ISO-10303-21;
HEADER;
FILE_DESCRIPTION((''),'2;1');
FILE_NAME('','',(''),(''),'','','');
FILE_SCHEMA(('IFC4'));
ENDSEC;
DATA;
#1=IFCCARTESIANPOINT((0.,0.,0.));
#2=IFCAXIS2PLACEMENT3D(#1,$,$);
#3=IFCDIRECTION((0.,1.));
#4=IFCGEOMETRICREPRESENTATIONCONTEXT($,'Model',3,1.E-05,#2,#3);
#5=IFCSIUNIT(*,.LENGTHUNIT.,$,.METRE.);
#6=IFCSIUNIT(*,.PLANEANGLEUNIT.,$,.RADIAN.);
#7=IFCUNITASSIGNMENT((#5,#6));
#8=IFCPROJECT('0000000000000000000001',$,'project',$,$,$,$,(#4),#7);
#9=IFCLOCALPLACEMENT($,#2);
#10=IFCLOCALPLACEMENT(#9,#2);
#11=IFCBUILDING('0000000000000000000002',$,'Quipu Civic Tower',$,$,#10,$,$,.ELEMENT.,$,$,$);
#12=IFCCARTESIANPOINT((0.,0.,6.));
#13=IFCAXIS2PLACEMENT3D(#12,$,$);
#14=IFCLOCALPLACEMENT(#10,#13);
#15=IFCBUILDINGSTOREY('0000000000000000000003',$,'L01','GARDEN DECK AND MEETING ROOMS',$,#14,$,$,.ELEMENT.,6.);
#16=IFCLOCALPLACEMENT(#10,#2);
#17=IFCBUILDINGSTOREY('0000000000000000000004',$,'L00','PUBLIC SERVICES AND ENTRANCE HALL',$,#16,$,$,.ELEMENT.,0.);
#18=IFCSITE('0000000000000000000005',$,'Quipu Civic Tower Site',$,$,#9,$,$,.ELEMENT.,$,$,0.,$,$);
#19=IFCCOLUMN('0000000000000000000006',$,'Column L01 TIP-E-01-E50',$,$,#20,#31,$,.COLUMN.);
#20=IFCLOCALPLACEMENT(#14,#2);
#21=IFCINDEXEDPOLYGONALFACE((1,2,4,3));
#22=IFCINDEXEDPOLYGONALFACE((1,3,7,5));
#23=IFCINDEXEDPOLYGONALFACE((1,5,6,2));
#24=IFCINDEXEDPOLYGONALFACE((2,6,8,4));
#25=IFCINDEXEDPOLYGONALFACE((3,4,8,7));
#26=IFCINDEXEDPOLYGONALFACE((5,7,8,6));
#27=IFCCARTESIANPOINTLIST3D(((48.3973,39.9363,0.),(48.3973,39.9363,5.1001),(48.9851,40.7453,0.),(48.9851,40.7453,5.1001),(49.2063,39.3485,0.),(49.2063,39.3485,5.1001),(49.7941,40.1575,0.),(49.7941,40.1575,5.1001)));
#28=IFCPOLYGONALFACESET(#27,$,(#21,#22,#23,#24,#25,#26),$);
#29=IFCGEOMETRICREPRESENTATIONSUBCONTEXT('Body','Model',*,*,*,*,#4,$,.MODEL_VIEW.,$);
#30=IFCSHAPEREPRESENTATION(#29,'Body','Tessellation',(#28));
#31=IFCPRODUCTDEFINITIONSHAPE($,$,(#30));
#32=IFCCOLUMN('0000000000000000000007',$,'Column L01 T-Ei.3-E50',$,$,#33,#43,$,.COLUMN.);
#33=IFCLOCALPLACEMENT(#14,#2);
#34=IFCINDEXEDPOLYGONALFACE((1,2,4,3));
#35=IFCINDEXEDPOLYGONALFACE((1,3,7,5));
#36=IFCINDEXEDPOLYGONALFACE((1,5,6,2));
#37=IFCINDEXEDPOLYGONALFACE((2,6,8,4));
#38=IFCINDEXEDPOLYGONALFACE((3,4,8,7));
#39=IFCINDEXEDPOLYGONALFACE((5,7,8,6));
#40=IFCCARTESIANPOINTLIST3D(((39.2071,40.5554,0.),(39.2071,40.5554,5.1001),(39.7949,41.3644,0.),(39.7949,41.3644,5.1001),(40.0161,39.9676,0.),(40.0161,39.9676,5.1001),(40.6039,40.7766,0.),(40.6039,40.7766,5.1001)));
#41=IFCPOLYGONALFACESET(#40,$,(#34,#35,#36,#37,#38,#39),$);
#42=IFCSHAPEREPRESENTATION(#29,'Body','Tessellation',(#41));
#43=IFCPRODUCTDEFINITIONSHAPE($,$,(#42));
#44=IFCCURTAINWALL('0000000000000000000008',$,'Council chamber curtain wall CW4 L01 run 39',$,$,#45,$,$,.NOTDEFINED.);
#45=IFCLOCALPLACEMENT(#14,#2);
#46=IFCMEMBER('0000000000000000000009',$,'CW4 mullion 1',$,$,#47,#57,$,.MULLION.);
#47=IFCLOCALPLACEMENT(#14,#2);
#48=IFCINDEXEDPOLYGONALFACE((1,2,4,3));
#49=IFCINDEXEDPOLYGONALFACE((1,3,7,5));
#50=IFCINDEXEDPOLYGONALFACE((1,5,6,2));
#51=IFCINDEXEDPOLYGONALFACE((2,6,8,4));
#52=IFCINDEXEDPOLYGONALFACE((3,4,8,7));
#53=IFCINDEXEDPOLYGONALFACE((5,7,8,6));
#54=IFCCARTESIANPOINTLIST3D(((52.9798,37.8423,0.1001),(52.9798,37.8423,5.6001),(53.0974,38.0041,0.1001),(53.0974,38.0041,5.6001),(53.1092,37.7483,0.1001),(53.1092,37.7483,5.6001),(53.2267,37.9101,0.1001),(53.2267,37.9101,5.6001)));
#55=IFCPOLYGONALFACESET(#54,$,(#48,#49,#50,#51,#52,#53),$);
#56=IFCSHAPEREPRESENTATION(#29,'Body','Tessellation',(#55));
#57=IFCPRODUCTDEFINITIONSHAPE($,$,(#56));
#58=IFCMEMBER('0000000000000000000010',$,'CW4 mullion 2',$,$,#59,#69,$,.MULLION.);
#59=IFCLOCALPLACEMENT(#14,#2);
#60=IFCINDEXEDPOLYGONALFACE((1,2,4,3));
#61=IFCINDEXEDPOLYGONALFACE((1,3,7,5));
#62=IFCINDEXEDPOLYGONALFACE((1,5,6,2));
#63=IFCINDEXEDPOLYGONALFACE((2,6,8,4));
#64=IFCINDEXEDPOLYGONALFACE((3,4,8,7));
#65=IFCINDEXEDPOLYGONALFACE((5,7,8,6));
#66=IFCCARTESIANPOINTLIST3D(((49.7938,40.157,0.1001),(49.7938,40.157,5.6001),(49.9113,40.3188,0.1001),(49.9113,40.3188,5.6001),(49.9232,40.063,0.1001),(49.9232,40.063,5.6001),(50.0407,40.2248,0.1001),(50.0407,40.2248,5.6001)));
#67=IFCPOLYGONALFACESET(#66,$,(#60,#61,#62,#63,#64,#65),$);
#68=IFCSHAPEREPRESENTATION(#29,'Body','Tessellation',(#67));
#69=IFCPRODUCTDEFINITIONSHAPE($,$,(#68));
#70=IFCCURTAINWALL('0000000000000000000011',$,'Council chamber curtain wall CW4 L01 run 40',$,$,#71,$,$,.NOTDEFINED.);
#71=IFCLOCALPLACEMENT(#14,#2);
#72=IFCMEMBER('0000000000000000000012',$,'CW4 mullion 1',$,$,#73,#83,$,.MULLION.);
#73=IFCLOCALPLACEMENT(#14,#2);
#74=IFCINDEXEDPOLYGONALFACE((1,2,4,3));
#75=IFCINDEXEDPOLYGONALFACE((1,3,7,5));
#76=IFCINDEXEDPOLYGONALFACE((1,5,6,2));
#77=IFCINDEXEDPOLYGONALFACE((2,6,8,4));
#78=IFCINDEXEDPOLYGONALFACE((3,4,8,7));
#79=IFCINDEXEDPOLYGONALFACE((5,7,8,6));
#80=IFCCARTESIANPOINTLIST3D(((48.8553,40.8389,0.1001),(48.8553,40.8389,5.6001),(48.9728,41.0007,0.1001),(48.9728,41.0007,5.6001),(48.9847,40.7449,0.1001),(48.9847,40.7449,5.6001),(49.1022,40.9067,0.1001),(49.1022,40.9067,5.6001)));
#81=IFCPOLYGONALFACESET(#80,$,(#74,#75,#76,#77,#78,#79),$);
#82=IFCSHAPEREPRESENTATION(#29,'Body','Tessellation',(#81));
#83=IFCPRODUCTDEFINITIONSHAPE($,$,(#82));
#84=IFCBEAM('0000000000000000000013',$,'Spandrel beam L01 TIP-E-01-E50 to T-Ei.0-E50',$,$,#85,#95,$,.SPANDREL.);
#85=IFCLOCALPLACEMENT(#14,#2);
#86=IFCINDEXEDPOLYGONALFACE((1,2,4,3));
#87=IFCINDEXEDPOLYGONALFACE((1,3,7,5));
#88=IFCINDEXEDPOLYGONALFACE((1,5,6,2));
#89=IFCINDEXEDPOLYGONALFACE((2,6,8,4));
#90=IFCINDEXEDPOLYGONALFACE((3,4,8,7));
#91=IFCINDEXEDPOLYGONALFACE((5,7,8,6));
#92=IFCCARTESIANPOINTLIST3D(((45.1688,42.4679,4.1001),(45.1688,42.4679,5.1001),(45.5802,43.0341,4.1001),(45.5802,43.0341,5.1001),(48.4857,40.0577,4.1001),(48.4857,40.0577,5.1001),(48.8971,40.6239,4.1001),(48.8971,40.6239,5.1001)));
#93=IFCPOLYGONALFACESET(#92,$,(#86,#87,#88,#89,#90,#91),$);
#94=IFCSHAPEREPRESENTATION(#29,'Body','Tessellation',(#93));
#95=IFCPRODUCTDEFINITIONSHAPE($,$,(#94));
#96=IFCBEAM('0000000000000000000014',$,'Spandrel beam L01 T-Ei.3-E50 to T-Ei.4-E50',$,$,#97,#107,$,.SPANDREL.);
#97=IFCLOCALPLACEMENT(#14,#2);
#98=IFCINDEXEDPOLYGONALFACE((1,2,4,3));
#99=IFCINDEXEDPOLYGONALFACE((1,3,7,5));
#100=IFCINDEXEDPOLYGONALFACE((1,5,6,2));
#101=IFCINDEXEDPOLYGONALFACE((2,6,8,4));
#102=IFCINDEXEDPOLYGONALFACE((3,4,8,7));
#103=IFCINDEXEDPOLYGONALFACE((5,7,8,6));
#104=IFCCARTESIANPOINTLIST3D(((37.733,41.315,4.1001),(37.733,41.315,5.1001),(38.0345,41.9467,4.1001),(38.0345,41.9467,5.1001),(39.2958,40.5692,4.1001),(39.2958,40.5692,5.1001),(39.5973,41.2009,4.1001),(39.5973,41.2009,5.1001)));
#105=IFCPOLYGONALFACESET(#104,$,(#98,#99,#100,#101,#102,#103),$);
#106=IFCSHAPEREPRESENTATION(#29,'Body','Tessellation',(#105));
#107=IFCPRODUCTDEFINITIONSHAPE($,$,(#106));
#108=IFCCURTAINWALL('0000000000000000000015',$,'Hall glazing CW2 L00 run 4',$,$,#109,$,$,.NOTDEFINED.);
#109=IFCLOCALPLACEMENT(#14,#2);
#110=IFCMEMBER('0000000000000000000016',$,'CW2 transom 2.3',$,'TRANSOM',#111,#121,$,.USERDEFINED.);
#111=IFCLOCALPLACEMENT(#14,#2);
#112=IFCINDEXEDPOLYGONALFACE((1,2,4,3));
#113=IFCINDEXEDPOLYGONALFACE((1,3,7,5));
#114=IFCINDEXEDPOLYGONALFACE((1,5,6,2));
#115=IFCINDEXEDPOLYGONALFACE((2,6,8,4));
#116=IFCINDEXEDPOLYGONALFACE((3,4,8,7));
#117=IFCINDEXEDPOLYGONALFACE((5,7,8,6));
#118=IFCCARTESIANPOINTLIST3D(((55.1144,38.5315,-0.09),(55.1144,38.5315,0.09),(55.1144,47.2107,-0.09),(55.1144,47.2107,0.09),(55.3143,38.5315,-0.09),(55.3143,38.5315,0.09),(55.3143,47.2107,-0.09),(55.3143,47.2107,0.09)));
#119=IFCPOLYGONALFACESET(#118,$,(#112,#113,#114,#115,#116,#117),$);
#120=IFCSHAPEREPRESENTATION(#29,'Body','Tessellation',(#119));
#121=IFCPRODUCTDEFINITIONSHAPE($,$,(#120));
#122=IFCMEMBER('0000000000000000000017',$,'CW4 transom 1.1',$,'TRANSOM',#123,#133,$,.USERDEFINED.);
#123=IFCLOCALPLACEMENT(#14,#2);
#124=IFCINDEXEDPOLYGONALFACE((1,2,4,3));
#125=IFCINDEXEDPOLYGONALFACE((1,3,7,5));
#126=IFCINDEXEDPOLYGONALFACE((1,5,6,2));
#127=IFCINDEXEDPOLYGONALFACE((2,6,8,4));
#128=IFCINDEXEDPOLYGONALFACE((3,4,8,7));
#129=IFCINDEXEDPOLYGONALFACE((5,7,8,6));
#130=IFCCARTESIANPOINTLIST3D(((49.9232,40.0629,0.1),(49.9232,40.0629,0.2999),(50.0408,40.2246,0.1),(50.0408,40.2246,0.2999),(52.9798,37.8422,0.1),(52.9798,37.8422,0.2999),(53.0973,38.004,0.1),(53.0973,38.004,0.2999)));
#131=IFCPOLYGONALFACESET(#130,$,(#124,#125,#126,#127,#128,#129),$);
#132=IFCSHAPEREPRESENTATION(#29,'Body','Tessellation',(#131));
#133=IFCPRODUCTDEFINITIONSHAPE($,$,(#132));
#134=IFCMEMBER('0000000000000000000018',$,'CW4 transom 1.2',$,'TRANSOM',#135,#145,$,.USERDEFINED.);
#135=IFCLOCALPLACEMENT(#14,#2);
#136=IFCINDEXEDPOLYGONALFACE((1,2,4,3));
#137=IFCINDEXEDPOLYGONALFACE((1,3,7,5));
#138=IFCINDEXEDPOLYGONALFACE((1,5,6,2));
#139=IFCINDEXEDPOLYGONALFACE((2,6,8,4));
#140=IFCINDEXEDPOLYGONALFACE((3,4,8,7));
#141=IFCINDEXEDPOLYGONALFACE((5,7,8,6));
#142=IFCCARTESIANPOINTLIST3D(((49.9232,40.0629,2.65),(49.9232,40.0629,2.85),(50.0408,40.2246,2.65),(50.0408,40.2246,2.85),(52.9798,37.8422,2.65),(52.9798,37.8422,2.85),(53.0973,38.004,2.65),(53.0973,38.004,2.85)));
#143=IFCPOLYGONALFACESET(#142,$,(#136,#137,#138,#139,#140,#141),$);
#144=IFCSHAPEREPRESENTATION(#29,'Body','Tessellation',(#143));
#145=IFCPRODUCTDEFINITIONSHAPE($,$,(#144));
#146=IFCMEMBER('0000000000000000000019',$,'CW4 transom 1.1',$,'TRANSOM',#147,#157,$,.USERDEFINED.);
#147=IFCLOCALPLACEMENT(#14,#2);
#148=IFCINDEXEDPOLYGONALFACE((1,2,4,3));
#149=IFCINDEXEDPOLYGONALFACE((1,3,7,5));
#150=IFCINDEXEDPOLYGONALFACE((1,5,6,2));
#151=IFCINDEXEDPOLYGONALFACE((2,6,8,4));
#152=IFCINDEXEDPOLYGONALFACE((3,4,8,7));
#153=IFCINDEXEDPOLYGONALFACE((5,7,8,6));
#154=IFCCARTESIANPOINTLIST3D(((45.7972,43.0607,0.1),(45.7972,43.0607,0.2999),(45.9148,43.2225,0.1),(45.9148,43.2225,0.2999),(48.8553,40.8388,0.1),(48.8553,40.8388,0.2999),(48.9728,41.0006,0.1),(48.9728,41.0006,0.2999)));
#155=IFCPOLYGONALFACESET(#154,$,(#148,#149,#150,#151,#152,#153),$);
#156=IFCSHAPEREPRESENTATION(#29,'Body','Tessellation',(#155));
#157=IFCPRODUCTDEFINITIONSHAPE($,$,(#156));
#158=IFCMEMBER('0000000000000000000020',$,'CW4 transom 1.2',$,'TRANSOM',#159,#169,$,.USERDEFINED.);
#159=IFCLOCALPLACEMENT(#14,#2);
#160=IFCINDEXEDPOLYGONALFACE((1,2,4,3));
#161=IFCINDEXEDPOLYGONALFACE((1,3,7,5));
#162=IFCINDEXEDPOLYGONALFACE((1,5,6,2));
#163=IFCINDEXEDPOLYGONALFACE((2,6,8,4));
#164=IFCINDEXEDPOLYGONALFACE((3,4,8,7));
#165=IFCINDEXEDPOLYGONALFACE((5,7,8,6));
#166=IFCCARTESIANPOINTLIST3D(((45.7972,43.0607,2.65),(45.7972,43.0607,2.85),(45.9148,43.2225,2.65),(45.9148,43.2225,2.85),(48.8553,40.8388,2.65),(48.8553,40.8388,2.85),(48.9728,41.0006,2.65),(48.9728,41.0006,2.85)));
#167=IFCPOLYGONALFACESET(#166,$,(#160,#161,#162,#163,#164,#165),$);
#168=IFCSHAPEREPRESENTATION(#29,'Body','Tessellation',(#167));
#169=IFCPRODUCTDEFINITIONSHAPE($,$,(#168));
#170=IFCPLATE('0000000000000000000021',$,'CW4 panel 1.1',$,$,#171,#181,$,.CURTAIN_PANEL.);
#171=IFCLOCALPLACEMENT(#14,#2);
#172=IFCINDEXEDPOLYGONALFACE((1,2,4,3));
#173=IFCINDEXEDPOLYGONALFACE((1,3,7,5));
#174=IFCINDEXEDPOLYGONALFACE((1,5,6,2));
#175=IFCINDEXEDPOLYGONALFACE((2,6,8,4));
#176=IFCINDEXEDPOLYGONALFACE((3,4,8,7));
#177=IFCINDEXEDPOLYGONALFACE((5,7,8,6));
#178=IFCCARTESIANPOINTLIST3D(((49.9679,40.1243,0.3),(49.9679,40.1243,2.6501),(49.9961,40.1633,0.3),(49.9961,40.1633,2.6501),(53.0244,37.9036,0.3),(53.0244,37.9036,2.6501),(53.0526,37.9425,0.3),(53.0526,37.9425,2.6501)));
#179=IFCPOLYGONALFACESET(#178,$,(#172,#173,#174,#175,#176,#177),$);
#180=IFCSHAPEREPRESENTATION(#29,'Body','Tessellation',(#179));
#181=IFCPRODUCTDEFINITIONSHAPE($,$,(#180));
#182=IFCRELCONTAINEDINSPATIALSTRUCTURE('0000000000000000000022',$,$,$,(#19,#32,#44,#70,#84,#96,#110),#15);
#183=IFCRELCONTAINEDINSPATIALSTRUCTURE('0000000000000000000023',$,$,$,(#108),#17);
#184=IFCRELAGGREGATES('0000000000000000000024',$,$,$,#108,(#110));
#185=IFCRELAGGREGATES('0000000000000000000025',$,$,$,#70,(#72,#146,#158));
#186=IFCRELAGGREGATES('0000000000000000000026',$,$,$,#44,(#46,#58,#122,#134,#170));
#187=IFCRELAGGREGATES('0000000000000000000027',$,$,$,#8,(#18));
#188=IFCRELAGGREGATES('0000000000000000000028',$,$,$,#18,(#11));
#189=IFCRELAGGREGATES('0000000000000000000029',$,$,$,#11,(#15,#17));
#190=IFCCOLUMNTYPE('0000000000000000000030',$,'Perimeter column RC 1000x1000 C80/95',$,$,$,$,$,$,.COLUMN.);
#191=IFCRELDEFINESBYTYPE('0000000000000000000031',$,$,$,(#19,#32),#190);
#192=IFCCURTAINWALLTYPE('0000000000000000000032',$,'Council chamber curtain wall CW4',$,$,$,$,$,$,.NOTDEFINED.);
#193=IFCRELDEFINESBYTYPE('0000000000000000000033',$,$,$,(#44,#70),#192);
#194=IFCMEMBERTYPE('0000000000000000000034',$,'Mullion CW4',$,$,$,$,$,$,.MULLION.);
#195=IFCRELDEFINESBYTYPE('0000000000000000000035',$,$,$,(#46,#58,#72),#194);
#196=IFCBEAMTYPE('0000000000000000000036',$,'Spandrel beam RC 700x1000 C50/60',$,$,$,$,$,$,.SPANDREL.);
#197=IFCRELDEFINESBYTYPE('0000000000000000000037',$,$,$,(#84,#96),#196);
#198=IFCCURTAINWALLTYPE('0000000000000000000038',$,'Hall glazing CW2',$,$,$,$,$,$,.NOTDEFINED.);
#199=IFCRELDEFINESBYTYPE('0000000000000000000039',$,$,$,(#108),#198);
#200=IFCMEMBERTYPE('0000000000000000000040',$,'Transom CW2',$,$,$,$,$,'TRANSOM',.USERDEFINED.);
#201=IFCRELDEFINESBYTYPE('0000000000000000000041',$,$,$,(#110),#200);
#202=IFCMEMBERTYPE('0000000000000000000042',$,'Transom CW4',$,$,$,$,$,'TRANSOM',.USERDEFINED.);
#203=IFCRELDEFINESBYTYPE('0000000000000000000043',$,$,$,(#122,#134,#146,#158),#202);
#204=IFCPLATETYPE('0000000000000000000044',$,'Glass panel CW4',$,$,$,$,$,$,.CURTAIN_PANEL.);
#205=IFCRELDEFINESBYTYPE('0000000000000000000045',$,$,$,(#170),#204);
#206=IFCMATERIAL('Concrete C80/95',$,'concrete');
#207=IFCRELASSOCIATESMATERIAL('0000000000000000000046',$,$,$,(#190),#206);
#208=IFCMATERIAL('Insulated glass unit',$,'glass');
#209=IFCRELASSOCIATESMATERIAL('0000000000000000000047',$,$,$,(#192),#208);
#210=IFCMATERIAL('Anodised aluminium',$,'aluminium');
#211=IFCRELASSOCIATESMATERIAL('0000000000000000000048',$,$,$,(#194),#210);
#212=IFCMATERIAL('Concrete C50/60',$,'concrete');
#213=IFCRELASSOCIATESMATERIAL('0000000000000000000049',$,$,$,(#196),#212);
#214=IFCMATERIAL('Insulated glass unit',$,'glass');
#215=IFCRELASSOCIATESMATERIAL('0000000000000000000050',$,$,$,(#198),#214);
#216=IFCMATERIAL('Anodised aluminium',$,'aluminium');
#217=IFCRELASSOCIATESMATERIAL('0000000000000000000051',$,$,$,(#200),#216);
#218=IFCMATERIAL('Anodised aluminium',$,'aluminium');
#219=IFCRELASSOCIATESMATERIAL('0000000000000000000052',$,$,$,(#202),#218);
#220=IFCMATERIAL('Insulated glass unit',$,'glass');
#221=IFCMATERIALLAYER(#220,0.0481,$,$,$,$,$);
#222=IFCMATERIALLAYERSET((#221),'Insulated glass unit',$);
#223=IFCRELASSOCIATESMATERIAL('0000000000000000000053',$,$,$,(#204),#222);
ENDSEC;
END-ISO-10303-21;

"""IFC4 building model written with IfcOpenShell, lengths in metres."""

from ifc_helpers import new_model, si_unit, direction, frame, origin, origin_2d, place, context, subcontext, project, spatial, rectangle, extrude, material, layer, layer_set, material_profile, profile_set, type_object, element, aggregate, save


model = new_model("IFC4")

# Units and contexts
model_context = context("Model", 3, precision=1e-05, world=origin(), true_north=direction((0.0, 1.0)))
body_context = subcontext(model_context, "Body", "Model", "MODEL_VIEW")
ifc_project = project(units=[si_unit("LENGTHUNIT", "METRE"), si_unit("PLANEANGLEUNIT", "RADIAN")], contexts=[model_context])

# Site, building, storey
site_placement = place(None, origin())
site = spatial("IfcSite", under=ifc_project, at=site_placement, Name="Quipu Civic Tower Site", CompositionType="ELEMENT", RefElevation=0.0)
building_placement = place(site_placement, origin())
building = spatial("IfcBuilding", under=site, at=building_placement, Name="Quipu Civic Tower", CompositionType="ELEMENT")
storey_1_placement = place(building_placement, frame((0.0, 0.0, 6.0)))
storey_1 = spatial("IfcBuildingStorey", under=building, at=storey_1_placement, Name="L01", Description="GARDEN DECK AND MEETING ROOMS", CompositionType="ELEMENT", Elevation=6.0)

# Columns
ifc_material_1 = material(Name="Concrete C80/95", Category="concrete")
ifc_material_profile_1 = material_profile(ifc_material_1, rectangle(XDim=1.0, YDim=1.0, at=origin_2d()), Name="RC1000x1000")
ifc_profile_set_1 = profile_set([ifc_material_profile_1], Name="Concrete C80/95")
column_type = type_object("IfcColumnType", Name="Perimeter column RC 1000x1000 C80/95", PredefinedType="COLUMN", material=ifc_profile_set_1)
for number, where, z_axis, x_axis, name in (
    (1, (49.0957, 40.0469, 0.0), (0.0, 0.0, 1.0), (-0.809017, 0.587785, 0.0), "Column L01 TIP-E-01-E50"),
    (2, (39.9055, 40.666, 0.0), (0.0, 0.0, 1.0), (-0.587785, -0.809017, 0.0), "Column L01 T-Ei.3-E50"),
):
    element("IfcColumn", number, at=place(storey_1_placement, frame(where, z_axis=z_axis, x_axis=x_axis)), inside=storey_1, type_object=column_type, Name=name, PredefinedType="COLUMN", context=body_context, shape_type="SweptSolid", body=[
        extrude(rectangle(XDim=1.0, YDim=1.0, at=origin_2d()), origin(), (0.0, 0.0, 1.0), 5.1001),
    ])

# Curtain wall, members
ifc_material_2 = material(Name="Insulated glass unit", Category="glass")
curtain_wall_type_1 = type_object("IfcCurtainWallType", Name="Council chamber curtain wall CW4", PredefinedType="NOTDEFINED", material=ifc_material_2)
curtain_wall_1_placement = place(storey_1_placement, origin())
curtain_wall_1 = element("IfcCurtainWall", 3, at=curtain_wall_1_placement, inside=storey_1, type_object=curtain_wall_type_1, Name="Council chamber curtain wall CW4 L01 run 39", PredefinedType="NOTDEFINED")
ifc_material_3 = material(Name="Anodised aluminium", Category="aluminium")
ifc_material_profile_2 = material_profile(ifc_material_3, rectangle(XDim=0.2, YDim=0.1599, at=origin_2d()), Name="RECT 200x160")
ifc_profile_set_2 = profile_set([ifc_material_profile_2], Name="Anodised aluminium")
member_type_1 = type_object("IfcMemberType", Name="Mullion CW4", PredefinedType="MULLION", material=ifc_profile_set_2)
member_1_placement = place(storey_1_placement, frame((53.1033, 37.8762, 0.1001), z_axis=(0.0, 0.0, 1.0), x_axis=(-0.587789, -0.809015, 0.0)))
member_1 = element("IfcMember", 4, at=member_1_placement, type_object=member_type_1, Name="CW4 mullion 1", PredefinedType="MULLION", context=body_context, shape_type="SweptSolid", body=[
    extrude(rectangle(XDim=0.2, YDim=0.1599, at=origin_2d()), origin(), (0.0, 0.0, 1.0), 5.5),
])
member_2_placement = place(storey_1_placement, frame((49.9172, 40.1909, 0.1001), z_axis=(0.0, 0.0, 1.0), x_axis=(-0.587789, -0.809015, 0.0)))
member_2 = element("IfcMember", 5, at=member_2_placement, type_object=member_type_1, Name="CW4 mullion 2", PredefinedType="MULLION", context=body_context, shape_type="SweptSolid", body=[
    extrude(rectangle(XDim=0.2, YDim=0.1599, at=origin_2d()), origin(), (0.0, 0.0, 1.0), 5.5),
])

# Curtain wall, member
curtain_wall_2_placement = place(storey_1_placement, origin())
curtain_wall_2 = element("IfcCurtainWall", 6, at=curtain_wall_2_placement, inside=storey_1, type_object=curtain_wall_type_1, Name="Council chamber curtain wall CW4 L01 run 40", PredefinedType="NOTDEFINED")
member_3_placement = place(storey_1_placement, frame((48.9788, 40.8728, 0.1001), z_axis=(0.0, 0.0, 1.0), x_axis=(-0.587767, -0.80903, 0.0)))
member_3 = element("IfcMember", 7, at=member_3_placement, type_object=member_type_1, Name="CW4 mullion 1", PredefinedType="MULLION", context=body_context, shape_type="SweptSolid", body=[
    extrude(rectangle(XDim=0.2, YDim=0.1599, at=origin_2d()), origin(), (0.0, 0.0, 1.0), 5.5),
])

# Beams
ifc_material_4 = material(Name="Concrete C50/60", Category="concrete")
ifc_material_profile_3 = material_profile(ifc_material_4, rectangle(XDim=0.7, YDim=1.0, at=origin_2d()), Name="RC700x1000")
ifc_profile_set_3 = profile_set([ifc_material_profile_3], Name="Concrete C50/60")
beam_type = type_object("IfcBeamType", Name="Spandrel beam RC 700x1000 C50/60", PredefinedType="SPANDREL", material=ifc_profile_set_3)
beam_1_placement = place(storey_1_placement, frame((48.6914, 40.3408, 4.6001), z_axis=(-0.808983, 0.587832, 0.0), x_axis=(-0.587832, -0.808983, 0.0)))
element("IfcBeam", 8, at=beam_1_placement, inside=storey_1, type_object=beam_type, Name="Spandrel beam L01 TIP-E-01-E50 to T-Ei.0-E50", PredefinedType="SPANDREL", context=body_context, shape_type="SweptSolid", body=[
    extrude(rectangle(XDim=0.7, YDim=1.0, at=origin_2d()), origin(), (0.0, 0.0, 1.0), 4.1001),
])
beam_2_placement = place(storey_1_placement, frame((39.4465, 40.885, 4.6001), z_axis=(-0.902482, 0.430727, 0.0), x_axis=(-0.430727, -0.902482, 0.0)))
element("IfcBeam", 9, at=beam_2_placement, inside=storey_1, type_object=beam_type, Name="Spandrel beam L01 T-Ei.3-E50 to T-Ei.4-E50", PredefinedType="SPANDREL", context=body_context, shape_type="SweptSolid", body=[
    extrude(rectangle(XDim=0.7, YDim=1.0, at=origin_2d()), origin(), (0.0, 0.0, 1.0), 1.7317),
])

# Shared definitions
storey_2_placement = place(building_placement, origin())
storey_2 = spatial("IfcBuildingStorey", under=building, at=storey_2_placement, Name="L00", Description="PUBLIC SERVICES AND ENTRANCE HALL", CompositionType="ELEMENT", Elevation=0.0)

# Curtain wall, member
ifc_material_5 = material(Name="Insulated glass unit", Category="glass")
curtain_wall_type_2 = type_object("IfcCurtainWallType", Name="Hall glazing CW2", PredefinedType="NOTDEFINED", material=ifc_material_5)
curtain_wall_3_placement = place(storey_2_placement, origin())
curtain_wall_3 = element("IfcCurtainWall", 10, at=curtain_wall_3_placement, inside=storey_2, type_object=curtain_wall_type_2, Name="Hall glazing CW2 L00 run 4", PredefinedType="NOTDEFINED")
ifc_material_6 = material(Name="Anodised aluminium", Category="aluminium")
ifc_material_profile_4 = material_profile(ifc_material_6, rectangle(XDim=0.2, YDim=0.1799, at=origin_2d()), Name="RECT 200x180")
ifc_profile_set_4 = profile_set([ifc_material_profile_4], Name="Anodised aluminium")
member_type_2 = type_object("IfcMemberType", Name="Transom CW2", ElementType="TRANSOM", PredefinedType="USERDEFINED", material=ifc_profile_set_4)
member_4_placement = place(storey_1_placement, frame((55.2144, 38.5315, 0.0), z_axis=(0.0, 1.0, 0.0), x_axis=(-1.0, 0.0, 0.0)))
member_4 = element("IfcMember", 11, at=member_4_placement, inside=storey_1, type_object=member_type_2, Name="CW2 transom 2.3", ObjectType="TRANSOM", PredefinedType="USERDEFINED", context=body_context, shape_type="SweptSolid", body=[
    extrude(rectangle(XDim=0.2, YDim=0.1799, at=origin_2d()), origin(), (0.0, 0.0, 1.0), 8.6792),
])
aggregate(curtain_wall_3, [member_4])

# Members
ifc_material_7 = material(Name="Anodised aluminium", Category="aluminium")
ifc_material_profile_5 = material_profile(ifc_material_7, rectangle(XDim=0.2, YDim=0.2, at=origin_2d()), Name="RECT 200x200")
ifc_profile_set_5 = profile_set([ifc_material_profile_5], Name="Anodised aluminium")
member_type_3 = type_object("IfcMemberType", Name="Transom CW4", ElementType="TRANSOM", PredefinedType="USERDEFINED", material=ifc_profile_set_5)
member_5_placement = place(storey_1_placement, frame((53.0386, 37.9231, 0.2), z_axis=(-0.809027, 0.587772, 0.0), x_axis=(-0.587772, -0.809027, 0.0)))
member_5 = element("IfcMember", 12, at=member_5_placement, type_object=member_type_3, Name="CW4 transom 1.1", ObjectType="TRANSOM", PredefinedType="USERDEFINED", context=body_context, shape_type="SweptSolid", body=[
    extrude(rectangle(XDim=0.2, YDim=0.2, at=origin_2d()), origin(), (0.0, 0.0, 1.0), 3.7781),
])
member_6_placement = place(storey_1_placement, frame((53.0386, 37.9231, 2.75), z_axis=(-0.809027, 0.587772, 0.0), x_axis=(-0.587772, -0.809027, 0.0)))
member_6 = element("IfcMember", 13, at=member_6_placement, type_object=member_type_3, Name="CW4 transom 1.2", ObjectType="TRANSOM", PredefinedType="USERDEFINED", context=body_context, shape_type="SweptSolid", body=[
    extrude(rectangle(XDim=0.2, YDim=0.2, at=origin_2d()), origin(), (0.0, 0.0, 1.0), 3.7781),
])
member_7_placement = place(storey_1_placement, frame((48.9141, 40.9197, 0.2), z_axis=(-0.809007, 0.587799, 0.0), x_axis=(-0.587799, -0.809007, 0.0)))
member_7 = element("IfcMember", 14, at=member_7_placement, type_object=member_type_3, Name="CW4 transom 1.1", ObjectType="TRANSOM", PredefinedType="USERDEFINED", context=body_context, shape_type="SweptSolid", body=[
    extrude(rectangle(XDim=0.2, YDim=0.2, at=origin_2d()), origin(), (0.0, 0.0, 1.0), 3.78),
])
member_8_placement = place(storey_1_placement, frame((48.9141, 40.9197, 2.75), z_axis=(-0.809007, 0.587799, 0.0), x_axis=(-0.587799, -0.809007, 0.0)))
member_8 = element("IfcMember", 15, at=member_8_placement, type_object=member_type_3, Name="CW4 transom 1.2", ObjectType="TRANSOM", PredefinedType="USERDEFINED", context=body_context, shape_type="SweptSolid", body=[
    extrude(rectangle(XDim=0.2, YDim=0.2, at=origin_2d()), origin(), (0.0, 0.0, 1.0), 3.78),
])
aggregate(curtain_wall_2, [member_3, member_7, member_8])

# Plate
ifc_material_8 = material(Name="Insulated glass unit", Category="glass")
ifc_layer_1 = layer(ifc_material_8, 0.0481)
ifc_layer_set_1 = layer_set([ifc_layer_1], Name="Insulated glass unit")
plate_type_1 = type_object("IfcPlateType", Name="Glass panel CW4", PredefinedType="CURTAIN_PANEL", material=ifc_layer_set_1)
plate_1_placement = place(storey_1_placement, frame((51.5103, 39.0334, 0.3), z_axis=(0.0, 0.0, 1.0), x_axis=(-0.809015, 0.587789, 0.0)))
plate_1 = element("IfcPlate", 16, at=plate_1_placement, type_object=plate_type_1, Name="CW4 panel 1.1", PredefinedType="CURTAIN_PANEL", context=body_context, shape_type="SweptSolid", body=[
    extrude(rectangle(XDim=3.7781, YDim=0.0481, at=origin_2d()), origin(), (0.0, 0.0, 1.0), 2.3501),
])
aggregate(curtain_wall_1, [member_1, member_2, member_5, member_6, plate_1])

save(model, "model.ifc")
